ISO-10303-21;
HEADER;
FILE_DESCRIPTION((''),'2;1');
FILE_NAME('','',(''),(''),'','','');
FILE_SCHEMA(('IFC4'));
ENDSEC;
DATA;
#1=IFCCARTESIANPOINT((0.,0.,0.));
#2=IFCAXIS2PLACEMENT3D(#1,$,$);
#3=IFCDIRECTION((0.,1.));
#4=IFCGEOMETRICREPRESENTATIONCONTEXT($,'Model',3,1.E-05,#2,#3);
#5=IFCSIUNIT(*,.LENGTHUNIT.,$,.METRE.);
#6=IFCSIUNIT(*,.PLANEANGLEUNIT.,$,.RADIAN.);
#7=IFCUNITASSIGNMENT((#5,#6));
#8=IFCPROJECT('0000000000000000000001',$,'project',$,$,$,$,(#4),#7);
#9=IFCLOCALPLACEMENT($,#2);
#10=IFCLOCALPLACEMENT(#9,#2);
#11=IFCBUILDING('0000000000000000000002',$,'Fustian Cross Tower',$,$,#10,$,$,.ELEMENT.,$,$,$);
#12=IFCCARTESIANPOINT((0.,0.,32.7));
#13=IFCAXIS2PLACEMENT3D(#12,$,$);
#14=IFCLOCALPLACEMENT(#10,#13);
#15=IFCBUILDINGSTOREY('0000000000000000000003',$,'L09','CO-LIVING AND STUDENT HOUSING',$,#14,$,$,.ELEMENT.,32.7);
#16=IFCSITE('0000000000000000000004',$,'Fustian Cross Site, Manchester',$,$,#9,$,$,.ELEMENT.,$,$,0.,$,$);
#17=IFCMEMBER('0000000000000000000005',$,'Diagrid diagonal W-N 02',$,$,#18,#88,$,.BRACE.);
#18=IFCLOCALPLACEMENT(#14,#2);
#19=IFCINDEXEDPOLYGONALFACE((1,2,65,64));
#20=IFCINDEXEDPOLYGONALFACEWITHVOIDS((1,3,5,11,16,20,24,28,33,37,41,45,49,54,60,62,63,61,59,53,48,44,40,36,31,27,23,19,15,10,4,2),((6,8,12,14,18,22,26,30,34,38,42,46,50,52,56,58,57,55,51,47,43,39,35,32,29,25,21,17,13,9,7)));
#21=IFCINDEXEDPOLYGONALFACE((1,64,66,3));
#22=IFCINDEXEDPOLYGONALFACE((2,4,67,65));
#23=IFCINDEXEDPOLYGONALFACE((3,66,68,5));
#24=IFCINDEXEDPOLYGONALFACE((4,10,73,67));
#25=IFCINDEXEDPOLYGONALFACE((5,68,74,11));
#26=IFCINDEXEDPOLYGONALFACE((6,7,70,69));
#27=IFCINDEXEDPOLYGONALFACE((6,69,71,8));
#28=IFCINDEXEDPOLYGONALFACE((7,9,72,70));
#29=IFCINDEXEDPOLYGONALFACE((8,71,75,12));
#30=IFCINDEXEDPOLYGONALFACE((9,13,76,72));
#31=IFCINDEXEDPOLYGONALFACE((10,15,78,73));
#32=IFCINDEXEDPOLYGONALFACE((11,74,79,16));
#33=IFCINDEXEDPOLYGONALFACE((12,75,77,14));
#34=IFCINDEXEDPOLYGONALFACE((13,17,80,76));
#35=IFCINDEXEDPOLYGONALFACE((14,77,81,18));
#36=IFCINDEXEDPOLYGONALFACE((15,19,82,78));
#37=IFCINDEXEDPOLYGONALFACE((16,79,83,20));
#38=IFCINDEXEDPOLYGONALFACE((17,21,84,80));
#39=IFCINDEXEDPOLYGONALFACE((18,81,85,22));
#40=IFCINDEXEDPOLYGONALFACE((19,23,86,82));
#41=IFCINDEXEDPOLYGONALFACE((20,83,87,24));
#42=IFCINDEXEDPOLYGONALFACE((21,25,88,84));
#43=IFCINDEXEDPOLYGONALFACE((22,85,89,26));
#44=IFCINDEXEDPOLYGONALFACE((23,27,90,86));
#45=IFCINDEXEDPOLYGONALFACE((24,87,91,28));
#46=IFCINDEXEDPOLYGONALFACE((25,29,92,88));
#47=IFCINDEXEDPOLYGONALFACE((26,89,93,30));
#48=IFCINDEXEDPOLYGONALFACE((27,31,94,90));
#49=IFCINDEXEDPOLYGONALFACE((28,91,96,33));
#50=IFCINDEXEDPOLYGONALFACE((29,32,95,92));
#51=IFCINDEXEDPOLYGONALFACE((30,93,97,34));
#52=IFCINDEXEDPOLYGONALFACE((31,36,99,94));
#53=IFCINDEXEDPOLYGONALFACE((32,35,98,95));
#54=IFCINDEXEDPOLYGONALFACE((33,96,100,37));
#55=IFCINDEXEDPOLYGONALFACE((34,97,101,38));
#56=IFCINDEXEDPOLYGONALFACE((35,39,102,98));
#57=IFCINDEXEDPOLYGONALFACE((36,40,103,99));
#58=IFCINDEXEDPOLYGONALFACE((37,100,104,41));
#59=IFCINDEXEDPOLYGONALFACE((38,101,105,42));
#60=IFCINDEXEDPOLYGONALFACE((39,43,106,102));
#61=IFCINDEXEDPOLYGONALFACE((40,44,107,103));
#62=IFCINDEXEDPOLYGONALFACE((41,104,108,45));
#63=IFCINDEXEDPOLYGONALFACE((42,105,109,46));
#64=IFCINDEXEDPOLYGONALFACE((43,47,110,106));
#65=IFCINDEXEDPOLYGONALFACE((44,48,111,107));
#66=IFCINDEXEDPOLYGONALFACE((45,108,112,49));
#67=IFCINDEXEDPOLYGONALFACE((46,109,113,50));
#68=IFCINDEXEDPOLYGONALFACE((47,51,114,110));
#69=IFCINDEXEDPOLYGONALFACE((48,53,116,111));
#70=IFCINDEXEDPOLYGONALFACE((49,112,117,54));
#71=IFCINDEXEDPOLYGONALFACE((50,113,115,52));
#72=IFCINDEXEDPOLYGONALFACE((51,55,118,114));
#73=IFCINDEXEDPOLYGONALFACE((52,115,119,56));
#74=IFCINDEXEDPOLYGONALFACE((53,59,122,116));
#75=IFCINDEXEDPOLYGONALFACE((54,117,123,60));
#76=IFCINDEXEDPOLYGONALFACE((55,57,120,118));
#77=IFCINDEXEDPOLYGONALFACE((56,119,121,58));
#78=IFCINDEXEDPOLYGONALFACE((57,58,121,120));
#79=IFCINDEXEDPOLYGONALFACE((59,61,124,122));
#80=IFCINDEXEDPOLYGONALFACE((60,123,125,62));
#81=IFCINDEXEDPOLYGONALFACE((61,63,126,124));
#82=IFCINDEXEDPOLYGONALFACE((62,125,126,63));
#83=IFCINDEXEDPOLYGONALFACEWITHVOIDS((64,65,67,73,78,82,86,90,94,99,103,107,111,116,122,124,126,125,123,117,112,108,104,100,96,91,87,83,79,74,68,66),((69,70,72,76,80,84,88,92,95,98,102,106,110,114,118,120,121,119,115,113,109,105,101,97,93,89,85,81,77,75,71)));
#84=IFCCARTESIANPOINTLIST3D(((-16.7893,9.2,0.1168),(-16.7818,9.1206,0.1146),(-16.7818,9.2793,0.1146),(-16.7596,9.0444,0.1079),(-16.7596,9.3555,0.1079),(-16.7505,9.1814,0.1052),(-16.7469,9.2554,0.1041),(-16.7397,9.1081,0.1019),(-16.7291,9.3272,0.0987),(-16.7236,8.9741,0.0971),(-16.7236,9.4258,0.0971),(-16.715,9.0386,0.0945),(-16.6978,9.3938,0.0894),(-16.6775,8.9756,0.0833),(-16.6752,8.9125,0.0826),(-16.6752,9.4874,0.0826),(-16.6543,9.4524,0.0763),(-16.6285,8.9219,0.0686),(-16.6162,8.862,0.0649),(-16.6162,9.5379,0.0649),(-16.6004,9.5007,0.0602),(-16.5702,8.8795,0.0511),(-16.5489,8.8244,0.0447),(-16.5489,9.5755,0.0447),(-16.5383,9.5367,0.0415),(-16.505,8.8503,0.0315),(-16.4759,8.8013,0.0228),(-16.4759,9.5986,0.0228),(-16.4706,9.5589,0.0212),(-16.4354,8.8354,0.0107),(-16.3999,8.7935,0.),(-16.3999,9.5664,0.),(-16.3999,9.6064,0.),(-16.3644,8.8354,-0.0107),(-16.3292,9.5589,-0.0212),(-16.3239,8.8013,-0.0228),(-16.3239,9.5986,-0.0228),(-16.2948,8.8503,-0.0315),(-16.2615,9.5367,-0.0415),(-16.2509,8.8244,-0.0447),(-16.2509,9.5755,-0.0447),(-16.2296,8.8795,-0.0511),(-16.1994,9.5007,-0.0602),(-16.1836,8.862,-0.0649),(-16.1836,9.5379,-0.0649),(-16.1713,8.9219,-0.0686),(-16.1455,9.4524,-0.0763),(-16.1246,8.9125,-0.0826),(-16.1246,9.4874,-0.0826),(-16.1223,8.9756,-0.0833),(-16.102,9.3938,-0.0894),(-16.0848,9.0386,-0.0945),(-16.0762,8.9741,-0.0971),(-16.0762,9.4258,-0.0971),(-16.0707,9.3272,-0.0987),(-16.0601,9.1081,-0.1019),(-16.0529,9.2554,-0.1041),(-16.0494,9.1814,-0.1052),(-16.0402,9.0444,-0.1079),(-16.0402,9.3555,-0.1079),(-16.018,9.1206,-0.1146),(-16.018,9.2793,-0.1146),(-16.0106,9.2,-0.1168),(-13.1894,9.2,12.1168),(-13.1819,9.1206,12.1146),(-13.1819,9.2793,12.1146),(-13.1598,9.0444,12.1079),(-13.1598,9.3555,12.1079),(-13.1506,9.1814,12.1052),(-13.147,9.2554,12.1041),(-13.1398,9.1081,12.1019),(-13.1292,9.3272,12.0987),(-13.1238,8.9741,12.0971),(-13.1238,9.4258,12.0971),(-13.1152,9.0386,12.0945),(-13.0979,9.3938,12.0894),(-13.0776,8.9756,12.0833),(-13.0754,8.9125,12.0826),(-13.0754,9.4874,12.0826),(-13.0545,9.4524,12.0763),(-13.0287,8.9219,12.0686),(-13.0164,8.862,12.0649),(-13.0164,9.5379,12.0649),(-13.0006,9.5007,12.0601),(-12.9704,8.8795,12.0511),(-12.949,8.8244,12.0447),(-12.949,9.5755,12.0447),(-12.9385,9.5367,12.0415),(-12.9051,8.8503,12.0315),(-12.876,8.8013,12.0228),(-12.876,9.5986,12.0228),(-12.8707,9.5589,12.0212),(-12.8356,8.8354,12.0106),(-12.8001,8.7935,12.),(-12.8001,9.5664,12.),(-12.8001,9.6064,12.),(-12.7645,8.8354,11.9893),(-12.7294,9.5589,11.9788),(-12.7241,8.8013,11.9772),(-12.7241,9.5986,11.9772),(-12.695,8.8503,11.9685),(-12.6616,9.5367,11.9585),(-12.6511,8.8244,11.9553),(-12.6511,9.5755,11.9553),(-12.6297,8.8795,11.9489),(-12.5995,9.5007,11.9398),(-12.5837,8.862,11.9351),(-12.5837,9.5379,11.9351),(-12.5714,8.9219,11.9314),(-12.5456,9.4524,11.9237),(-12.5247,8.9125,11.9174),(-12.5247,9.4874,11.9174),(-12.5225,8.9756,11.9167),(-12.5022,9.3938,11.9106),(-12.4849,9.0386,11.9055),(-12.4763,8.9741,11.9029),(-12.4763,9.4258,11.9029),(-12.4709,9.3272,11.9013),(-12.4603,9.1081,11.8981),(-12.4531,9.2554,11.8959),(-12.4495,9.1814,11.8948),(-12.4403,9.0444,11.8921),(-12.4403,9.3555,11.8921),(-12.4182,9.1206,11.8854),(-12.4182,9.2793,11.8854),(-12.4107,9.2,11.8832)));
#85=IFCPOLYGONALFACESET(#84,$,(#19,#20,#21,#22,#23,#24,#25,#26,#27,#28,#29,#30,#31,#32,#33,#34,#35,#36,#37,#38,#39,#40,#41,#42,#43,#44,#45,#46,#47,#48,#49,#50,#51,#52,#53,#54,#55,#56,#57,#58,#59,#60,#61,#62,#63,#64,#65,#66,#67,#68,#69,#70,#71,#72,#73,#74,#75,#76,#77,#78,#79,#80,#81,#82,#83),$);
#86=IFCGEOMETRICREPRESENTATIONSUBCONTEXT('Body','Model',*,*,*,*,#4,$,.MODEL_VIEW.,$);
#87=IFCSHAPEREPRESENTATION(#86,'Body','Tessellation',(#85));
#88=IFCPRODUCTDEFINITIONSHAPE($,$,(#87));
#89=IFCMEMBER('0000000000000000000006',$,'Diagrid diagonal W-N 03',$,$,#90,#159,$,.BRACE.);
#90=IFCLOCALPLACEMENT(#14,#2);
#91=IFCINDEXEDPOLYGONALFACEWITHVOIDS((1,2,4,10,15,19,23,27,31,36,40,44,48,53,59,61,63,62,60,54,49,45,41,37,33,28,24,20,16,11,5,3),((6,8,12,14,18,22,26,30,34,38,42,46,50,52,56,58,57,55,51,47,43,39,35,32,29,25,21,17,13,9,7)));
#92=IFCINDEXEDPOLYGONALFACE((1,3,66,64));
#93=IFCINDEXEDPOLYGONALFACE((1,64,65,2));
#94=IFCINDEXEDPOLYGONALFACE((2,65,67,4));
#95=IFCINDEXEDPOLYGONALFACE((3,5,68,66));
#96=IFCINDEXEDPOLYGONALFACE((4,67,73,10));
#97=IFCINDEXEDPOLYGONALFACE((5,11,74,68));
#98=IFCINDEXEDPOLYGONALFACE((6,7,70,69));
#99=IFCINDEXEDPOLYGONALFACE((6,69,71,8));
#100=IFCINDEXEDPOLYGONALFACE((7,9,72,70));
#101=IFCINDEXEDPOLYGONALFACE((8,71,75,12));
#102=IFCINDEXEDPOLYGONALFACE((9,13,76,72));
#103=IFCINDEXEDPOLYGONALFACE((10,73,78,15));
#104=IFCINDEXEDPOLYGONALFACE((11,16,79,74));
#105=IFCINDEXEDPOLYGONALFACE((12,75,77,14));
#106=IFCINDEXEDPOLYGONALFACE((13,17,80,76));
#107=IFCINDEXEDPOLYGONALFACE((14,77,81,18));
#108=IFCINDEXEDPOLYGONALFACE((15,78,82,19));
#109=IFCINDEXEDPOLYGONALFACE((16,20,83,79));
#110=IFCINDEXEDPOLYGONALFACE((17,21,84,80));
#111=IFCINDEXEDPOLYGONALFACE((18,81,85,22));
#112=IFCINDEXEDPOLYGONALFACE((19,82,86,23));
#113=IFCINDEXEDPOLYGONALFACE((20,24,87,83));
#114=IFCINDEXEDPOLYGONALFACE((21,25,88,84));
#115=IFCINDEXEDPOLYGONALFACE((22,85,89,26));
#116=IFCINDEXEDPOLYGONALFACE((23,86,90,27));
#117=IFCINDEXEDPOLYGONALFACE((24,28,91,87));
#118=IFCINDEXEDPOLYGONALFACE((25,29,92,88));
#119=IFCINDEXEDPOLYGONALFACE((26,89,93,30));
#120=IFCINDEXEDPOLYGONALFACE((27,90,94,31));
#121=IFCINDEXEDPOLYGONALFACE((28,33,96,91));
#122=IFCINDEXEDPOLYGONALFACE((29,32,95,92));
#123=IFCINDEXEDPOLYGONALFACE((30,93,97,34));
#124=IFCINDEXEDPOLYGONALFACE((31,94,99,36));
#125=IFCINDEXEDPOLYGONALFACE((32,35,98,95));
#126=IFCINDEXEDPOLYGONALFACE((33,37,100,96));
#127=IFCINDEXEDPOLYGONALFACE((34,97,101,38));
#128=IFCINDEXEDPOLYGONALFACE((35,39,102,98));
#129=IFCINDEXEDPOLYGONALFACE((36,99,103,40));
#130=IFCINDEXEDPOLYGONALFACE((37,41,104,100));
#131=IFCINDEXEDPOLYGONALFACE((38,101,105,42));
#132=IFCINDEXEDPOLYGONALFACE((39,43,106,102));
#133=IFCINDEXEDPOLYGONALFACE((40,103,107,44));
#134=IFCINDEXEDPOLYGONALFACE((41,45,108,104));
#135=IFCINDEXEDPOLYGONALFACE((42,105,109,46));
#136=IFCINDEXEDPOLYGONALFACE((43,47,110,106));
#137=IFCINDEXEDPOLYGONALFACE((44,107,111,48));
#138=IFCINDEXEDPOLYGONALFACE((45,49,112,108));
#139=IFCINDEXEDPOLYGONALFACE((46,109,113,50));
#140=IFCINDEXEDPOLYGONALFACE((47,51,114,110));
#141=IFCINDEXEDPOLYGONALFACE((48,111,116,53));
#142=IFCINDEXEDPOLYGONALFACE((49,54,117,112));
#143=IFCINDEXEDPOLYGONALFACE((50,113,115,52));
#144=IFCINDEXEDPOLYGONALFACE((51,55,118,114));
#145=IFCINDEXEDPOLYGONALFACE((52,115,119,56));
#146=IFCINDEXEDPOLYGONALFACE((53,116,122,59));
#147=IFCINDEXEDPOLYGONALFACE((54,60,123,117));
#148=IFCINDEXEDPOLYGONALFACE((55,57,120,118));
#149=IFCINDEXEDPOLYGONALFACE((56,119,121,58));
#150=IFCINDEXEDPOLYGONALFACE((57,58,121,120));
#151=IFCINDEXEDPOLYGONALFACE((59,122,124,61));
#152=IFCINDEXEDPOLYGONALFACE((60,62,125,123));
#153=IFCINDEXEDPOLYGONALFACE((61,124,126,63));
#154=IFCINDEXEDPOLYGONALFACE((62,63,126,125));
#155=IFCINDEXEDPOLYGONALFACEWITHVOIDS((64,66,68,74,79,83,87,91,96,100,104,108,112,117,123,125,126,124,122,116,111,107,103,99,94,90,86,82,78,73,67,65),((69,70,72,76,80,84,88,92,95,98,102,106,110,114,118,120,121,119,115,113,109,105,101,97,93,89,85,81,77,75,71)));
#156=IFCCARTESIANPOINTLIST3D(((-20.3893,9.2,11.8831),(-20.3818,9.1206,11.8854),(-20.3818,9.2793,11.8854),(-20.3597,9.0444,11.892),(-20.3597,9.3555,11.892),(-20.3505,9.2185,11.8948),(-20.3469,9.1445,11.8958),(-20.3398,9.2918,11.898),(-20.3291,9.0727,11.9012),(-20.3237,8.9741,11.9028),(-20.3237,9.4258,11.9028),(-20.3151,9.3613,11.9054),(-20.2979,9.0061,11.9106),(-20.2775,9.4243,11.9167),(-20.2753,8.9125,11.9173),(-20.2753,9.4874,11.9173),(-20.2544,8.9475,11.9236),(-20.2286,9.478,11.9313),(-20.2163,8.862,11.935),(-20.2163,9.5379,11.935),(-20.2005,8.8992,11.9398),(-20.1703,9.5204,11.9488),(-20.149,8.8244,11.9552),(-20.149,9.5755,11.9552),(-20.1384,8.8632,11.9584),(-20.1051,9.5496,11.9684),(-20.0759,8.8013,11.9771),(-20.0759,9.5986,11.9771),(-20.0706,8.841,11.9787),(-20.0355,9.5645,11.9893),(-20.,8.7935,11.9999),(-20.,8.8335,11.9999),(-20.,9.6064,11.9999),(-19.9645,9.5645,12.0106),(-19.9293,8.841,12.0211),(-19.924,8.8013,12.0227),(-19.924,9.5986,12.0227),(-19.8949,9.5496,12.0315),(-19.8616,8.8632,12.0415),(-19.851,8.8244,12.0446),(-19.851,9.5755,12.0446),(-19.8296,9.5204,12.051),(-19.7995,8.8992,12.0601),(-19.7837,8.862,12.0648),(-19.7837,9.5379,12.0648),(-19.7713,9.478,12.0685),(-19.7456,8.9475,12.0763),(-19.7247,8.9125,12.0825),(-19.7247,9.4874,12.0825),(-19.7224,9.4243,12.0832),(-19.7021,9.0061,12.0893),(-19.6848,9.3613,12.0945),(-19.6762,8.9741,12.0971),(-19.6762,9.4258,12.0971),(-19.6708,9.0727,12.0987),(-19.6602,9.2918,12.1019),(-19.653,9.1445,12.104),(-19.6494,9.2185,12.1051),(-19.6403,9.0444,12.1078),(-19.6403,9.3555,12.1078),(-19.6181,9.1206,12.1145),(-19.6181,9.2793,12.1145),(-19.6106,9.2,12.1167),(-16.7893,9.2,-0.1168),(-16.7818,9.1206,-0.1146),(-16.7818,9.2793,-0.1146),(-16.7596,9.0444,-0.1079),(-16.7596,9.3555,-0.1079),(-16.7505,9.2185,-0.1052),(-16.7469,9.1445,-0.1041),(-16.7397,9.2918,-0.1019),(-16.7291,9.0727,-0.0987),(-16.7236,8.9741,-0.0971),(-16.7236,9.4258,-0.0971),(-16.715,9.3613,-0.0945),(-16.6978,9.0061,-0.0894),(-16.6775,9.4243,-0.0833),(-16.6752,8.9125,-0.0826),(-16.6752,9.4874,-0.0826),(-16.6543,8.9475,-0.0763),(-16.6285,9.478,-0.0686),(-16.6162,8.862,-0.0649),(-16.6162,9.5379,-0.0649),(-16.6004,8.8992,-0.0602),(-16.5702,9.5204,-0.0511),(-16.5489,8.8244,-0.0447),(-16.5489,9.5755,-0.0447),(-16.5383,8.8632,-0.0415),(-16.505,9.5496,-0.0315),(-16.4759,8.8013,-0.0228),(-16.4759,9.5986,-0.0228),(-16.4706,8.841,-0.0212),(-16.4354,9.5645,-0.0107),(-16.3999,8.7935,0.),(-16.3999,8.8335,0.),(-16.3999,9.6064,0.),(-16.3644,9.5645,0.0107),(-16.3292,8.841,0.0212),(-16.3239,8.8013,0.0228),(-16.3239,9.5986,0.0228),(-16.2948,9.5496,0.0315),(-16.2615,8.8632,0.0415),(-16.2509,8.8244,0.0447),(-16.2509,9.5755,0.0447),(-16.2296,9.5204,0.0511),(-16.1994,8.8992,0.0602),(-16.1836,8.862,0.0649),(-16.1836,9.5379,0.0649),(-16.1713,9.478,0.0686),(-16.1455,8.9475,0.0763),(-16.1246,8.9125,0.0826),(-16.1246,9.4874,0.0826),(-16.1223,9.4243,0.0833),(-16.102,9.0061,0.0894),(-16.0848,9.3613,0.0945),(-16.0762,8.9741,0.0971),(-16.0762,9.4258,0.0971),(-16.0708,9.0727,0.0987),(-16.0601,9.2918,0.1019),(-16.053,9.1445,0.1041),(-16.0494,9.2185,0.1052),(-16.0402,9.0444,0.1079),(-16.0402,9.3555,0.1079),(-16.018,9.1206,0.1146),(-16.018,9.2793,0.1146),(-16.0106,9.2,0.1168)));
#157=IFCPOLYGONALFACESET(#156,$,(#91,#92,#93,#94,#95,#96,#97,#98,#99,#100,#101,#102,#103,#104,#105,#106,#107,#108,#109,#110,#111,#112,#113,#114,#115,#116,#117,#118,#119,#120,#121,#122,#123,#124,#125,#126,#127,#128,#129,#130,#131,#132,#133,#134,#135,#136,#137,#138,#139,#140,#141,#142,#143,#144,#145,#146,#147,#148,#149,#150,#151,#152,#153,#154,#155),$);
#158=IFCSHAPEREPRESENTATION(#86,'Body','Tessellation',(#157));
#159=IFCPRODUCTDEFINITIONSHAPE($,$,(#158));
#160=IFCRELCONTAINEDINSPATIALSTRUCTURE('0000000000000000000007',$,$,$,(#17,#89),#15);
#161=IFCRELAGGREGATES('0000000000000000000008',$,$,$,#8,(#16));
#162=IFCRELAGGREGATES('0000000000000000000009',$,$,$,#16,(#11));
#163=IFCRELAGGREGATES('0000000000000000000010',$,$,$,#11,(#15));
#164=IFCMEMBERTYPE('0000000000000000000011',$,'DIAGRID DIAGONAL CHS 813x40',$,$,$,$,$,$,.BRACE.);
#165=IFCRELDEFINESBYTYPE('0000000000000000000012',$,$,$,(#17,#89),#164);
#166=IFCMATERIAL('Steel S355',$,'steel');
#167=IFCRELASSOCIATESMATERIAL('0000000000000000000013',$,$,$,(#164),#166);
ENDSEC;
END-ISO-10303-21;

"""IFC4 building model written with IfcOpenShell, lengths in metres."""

from ifc_helpers import new_model, si_unit, direction, frame, origin, origin_2d, place, context, subcontext, project, spatial, hollow_circle, extrude, material, material_profile, profile_set, type_object, element, save


model = new_model("IFC4")

# Units and contexts
model_context = context("Model", 3, precision=1e-05, world=origin(), true_north=direction((0.0, 1.0)))
body_context = subcontext(model_context, "Body", "Model", "MODEL_VIEW")
ifc_project = project(units=[si_unit("LENGTHUNIT", "METRE"), si_unit("PLANEANGLEUNIT", "RADIAN")], contexts=[model_context])

# Site, building, storey
site_placement = place(None, origin())
site = spatial("IfcSite", under=ifc_project, at=site_placement, Name="Fustian Cross Site, Manchester", CompositionType="ELEMENT", RefElevation=0.0)
building_placement = place(site_placement, origin())
building = spatial("IfcBuilding", under=site, at=building_placement, Name="Fustian Cross Tower", CompositionType="ELEMENT")
storey_placement = place(building_placement, frame((0.0, 0.0, 32.7)))
storey = spatial("IfcBuildingStorey", under=building, at=storey_placement, Name="L09", Description="CO-LIVING AND STUDENT HOUSING", CompositionType="ELEMENT", Elevation=32.7)

# Members
ifc_material_1 = material(Name="Steel S355", Category="steel")
ifc_material_profile_1 = material_profile(ifc_material_1, hollow_circle(Radius=0.4065, WallThickness=0.04, at=origin_2d()), Name="CHS 813x40")
ifc_profile_set_1 = profile_set([ifc_material_profile_1], Name="Steel S355")
member_type_1 = type_object("IfcMemberType", Name="DIAGRID DIAGONAL CHS 813x40", PredefinedType="BRACE", material=ifc_profile_set_1)
for number, where, z_axis, x_axis, name in (
    (1, (-16.3999, 9.2, 0.0), (0.287337, 0.0, 0.95783), (0.0, 1.0, 0.0), "Diagrid diagonal W-N 02"),
    (2, (-16.3999, 9.2, 0.0), (-0.287355, 0.0, 0.957824), (0.0, -1.0, 0.0), "Diagrid diagonal W-N 03"),
):
    element("IfcMember", number, at=place(storey_placement, frame(where, z_axis=z_axis, x_axis=x_axis)), inside=storey, type_object=member_type_1, Name=name, PredefinedType="BRACE", context=body_context, shape_type="SweptSolid", body=[
        extrude(hollow_circle(Radius=0.4065, WallThickness=0.04, at=origin_2d()), origin(), (0.0, 0.0, 1.0), 12.5283),
    ])

save(model, "model.ifc")
